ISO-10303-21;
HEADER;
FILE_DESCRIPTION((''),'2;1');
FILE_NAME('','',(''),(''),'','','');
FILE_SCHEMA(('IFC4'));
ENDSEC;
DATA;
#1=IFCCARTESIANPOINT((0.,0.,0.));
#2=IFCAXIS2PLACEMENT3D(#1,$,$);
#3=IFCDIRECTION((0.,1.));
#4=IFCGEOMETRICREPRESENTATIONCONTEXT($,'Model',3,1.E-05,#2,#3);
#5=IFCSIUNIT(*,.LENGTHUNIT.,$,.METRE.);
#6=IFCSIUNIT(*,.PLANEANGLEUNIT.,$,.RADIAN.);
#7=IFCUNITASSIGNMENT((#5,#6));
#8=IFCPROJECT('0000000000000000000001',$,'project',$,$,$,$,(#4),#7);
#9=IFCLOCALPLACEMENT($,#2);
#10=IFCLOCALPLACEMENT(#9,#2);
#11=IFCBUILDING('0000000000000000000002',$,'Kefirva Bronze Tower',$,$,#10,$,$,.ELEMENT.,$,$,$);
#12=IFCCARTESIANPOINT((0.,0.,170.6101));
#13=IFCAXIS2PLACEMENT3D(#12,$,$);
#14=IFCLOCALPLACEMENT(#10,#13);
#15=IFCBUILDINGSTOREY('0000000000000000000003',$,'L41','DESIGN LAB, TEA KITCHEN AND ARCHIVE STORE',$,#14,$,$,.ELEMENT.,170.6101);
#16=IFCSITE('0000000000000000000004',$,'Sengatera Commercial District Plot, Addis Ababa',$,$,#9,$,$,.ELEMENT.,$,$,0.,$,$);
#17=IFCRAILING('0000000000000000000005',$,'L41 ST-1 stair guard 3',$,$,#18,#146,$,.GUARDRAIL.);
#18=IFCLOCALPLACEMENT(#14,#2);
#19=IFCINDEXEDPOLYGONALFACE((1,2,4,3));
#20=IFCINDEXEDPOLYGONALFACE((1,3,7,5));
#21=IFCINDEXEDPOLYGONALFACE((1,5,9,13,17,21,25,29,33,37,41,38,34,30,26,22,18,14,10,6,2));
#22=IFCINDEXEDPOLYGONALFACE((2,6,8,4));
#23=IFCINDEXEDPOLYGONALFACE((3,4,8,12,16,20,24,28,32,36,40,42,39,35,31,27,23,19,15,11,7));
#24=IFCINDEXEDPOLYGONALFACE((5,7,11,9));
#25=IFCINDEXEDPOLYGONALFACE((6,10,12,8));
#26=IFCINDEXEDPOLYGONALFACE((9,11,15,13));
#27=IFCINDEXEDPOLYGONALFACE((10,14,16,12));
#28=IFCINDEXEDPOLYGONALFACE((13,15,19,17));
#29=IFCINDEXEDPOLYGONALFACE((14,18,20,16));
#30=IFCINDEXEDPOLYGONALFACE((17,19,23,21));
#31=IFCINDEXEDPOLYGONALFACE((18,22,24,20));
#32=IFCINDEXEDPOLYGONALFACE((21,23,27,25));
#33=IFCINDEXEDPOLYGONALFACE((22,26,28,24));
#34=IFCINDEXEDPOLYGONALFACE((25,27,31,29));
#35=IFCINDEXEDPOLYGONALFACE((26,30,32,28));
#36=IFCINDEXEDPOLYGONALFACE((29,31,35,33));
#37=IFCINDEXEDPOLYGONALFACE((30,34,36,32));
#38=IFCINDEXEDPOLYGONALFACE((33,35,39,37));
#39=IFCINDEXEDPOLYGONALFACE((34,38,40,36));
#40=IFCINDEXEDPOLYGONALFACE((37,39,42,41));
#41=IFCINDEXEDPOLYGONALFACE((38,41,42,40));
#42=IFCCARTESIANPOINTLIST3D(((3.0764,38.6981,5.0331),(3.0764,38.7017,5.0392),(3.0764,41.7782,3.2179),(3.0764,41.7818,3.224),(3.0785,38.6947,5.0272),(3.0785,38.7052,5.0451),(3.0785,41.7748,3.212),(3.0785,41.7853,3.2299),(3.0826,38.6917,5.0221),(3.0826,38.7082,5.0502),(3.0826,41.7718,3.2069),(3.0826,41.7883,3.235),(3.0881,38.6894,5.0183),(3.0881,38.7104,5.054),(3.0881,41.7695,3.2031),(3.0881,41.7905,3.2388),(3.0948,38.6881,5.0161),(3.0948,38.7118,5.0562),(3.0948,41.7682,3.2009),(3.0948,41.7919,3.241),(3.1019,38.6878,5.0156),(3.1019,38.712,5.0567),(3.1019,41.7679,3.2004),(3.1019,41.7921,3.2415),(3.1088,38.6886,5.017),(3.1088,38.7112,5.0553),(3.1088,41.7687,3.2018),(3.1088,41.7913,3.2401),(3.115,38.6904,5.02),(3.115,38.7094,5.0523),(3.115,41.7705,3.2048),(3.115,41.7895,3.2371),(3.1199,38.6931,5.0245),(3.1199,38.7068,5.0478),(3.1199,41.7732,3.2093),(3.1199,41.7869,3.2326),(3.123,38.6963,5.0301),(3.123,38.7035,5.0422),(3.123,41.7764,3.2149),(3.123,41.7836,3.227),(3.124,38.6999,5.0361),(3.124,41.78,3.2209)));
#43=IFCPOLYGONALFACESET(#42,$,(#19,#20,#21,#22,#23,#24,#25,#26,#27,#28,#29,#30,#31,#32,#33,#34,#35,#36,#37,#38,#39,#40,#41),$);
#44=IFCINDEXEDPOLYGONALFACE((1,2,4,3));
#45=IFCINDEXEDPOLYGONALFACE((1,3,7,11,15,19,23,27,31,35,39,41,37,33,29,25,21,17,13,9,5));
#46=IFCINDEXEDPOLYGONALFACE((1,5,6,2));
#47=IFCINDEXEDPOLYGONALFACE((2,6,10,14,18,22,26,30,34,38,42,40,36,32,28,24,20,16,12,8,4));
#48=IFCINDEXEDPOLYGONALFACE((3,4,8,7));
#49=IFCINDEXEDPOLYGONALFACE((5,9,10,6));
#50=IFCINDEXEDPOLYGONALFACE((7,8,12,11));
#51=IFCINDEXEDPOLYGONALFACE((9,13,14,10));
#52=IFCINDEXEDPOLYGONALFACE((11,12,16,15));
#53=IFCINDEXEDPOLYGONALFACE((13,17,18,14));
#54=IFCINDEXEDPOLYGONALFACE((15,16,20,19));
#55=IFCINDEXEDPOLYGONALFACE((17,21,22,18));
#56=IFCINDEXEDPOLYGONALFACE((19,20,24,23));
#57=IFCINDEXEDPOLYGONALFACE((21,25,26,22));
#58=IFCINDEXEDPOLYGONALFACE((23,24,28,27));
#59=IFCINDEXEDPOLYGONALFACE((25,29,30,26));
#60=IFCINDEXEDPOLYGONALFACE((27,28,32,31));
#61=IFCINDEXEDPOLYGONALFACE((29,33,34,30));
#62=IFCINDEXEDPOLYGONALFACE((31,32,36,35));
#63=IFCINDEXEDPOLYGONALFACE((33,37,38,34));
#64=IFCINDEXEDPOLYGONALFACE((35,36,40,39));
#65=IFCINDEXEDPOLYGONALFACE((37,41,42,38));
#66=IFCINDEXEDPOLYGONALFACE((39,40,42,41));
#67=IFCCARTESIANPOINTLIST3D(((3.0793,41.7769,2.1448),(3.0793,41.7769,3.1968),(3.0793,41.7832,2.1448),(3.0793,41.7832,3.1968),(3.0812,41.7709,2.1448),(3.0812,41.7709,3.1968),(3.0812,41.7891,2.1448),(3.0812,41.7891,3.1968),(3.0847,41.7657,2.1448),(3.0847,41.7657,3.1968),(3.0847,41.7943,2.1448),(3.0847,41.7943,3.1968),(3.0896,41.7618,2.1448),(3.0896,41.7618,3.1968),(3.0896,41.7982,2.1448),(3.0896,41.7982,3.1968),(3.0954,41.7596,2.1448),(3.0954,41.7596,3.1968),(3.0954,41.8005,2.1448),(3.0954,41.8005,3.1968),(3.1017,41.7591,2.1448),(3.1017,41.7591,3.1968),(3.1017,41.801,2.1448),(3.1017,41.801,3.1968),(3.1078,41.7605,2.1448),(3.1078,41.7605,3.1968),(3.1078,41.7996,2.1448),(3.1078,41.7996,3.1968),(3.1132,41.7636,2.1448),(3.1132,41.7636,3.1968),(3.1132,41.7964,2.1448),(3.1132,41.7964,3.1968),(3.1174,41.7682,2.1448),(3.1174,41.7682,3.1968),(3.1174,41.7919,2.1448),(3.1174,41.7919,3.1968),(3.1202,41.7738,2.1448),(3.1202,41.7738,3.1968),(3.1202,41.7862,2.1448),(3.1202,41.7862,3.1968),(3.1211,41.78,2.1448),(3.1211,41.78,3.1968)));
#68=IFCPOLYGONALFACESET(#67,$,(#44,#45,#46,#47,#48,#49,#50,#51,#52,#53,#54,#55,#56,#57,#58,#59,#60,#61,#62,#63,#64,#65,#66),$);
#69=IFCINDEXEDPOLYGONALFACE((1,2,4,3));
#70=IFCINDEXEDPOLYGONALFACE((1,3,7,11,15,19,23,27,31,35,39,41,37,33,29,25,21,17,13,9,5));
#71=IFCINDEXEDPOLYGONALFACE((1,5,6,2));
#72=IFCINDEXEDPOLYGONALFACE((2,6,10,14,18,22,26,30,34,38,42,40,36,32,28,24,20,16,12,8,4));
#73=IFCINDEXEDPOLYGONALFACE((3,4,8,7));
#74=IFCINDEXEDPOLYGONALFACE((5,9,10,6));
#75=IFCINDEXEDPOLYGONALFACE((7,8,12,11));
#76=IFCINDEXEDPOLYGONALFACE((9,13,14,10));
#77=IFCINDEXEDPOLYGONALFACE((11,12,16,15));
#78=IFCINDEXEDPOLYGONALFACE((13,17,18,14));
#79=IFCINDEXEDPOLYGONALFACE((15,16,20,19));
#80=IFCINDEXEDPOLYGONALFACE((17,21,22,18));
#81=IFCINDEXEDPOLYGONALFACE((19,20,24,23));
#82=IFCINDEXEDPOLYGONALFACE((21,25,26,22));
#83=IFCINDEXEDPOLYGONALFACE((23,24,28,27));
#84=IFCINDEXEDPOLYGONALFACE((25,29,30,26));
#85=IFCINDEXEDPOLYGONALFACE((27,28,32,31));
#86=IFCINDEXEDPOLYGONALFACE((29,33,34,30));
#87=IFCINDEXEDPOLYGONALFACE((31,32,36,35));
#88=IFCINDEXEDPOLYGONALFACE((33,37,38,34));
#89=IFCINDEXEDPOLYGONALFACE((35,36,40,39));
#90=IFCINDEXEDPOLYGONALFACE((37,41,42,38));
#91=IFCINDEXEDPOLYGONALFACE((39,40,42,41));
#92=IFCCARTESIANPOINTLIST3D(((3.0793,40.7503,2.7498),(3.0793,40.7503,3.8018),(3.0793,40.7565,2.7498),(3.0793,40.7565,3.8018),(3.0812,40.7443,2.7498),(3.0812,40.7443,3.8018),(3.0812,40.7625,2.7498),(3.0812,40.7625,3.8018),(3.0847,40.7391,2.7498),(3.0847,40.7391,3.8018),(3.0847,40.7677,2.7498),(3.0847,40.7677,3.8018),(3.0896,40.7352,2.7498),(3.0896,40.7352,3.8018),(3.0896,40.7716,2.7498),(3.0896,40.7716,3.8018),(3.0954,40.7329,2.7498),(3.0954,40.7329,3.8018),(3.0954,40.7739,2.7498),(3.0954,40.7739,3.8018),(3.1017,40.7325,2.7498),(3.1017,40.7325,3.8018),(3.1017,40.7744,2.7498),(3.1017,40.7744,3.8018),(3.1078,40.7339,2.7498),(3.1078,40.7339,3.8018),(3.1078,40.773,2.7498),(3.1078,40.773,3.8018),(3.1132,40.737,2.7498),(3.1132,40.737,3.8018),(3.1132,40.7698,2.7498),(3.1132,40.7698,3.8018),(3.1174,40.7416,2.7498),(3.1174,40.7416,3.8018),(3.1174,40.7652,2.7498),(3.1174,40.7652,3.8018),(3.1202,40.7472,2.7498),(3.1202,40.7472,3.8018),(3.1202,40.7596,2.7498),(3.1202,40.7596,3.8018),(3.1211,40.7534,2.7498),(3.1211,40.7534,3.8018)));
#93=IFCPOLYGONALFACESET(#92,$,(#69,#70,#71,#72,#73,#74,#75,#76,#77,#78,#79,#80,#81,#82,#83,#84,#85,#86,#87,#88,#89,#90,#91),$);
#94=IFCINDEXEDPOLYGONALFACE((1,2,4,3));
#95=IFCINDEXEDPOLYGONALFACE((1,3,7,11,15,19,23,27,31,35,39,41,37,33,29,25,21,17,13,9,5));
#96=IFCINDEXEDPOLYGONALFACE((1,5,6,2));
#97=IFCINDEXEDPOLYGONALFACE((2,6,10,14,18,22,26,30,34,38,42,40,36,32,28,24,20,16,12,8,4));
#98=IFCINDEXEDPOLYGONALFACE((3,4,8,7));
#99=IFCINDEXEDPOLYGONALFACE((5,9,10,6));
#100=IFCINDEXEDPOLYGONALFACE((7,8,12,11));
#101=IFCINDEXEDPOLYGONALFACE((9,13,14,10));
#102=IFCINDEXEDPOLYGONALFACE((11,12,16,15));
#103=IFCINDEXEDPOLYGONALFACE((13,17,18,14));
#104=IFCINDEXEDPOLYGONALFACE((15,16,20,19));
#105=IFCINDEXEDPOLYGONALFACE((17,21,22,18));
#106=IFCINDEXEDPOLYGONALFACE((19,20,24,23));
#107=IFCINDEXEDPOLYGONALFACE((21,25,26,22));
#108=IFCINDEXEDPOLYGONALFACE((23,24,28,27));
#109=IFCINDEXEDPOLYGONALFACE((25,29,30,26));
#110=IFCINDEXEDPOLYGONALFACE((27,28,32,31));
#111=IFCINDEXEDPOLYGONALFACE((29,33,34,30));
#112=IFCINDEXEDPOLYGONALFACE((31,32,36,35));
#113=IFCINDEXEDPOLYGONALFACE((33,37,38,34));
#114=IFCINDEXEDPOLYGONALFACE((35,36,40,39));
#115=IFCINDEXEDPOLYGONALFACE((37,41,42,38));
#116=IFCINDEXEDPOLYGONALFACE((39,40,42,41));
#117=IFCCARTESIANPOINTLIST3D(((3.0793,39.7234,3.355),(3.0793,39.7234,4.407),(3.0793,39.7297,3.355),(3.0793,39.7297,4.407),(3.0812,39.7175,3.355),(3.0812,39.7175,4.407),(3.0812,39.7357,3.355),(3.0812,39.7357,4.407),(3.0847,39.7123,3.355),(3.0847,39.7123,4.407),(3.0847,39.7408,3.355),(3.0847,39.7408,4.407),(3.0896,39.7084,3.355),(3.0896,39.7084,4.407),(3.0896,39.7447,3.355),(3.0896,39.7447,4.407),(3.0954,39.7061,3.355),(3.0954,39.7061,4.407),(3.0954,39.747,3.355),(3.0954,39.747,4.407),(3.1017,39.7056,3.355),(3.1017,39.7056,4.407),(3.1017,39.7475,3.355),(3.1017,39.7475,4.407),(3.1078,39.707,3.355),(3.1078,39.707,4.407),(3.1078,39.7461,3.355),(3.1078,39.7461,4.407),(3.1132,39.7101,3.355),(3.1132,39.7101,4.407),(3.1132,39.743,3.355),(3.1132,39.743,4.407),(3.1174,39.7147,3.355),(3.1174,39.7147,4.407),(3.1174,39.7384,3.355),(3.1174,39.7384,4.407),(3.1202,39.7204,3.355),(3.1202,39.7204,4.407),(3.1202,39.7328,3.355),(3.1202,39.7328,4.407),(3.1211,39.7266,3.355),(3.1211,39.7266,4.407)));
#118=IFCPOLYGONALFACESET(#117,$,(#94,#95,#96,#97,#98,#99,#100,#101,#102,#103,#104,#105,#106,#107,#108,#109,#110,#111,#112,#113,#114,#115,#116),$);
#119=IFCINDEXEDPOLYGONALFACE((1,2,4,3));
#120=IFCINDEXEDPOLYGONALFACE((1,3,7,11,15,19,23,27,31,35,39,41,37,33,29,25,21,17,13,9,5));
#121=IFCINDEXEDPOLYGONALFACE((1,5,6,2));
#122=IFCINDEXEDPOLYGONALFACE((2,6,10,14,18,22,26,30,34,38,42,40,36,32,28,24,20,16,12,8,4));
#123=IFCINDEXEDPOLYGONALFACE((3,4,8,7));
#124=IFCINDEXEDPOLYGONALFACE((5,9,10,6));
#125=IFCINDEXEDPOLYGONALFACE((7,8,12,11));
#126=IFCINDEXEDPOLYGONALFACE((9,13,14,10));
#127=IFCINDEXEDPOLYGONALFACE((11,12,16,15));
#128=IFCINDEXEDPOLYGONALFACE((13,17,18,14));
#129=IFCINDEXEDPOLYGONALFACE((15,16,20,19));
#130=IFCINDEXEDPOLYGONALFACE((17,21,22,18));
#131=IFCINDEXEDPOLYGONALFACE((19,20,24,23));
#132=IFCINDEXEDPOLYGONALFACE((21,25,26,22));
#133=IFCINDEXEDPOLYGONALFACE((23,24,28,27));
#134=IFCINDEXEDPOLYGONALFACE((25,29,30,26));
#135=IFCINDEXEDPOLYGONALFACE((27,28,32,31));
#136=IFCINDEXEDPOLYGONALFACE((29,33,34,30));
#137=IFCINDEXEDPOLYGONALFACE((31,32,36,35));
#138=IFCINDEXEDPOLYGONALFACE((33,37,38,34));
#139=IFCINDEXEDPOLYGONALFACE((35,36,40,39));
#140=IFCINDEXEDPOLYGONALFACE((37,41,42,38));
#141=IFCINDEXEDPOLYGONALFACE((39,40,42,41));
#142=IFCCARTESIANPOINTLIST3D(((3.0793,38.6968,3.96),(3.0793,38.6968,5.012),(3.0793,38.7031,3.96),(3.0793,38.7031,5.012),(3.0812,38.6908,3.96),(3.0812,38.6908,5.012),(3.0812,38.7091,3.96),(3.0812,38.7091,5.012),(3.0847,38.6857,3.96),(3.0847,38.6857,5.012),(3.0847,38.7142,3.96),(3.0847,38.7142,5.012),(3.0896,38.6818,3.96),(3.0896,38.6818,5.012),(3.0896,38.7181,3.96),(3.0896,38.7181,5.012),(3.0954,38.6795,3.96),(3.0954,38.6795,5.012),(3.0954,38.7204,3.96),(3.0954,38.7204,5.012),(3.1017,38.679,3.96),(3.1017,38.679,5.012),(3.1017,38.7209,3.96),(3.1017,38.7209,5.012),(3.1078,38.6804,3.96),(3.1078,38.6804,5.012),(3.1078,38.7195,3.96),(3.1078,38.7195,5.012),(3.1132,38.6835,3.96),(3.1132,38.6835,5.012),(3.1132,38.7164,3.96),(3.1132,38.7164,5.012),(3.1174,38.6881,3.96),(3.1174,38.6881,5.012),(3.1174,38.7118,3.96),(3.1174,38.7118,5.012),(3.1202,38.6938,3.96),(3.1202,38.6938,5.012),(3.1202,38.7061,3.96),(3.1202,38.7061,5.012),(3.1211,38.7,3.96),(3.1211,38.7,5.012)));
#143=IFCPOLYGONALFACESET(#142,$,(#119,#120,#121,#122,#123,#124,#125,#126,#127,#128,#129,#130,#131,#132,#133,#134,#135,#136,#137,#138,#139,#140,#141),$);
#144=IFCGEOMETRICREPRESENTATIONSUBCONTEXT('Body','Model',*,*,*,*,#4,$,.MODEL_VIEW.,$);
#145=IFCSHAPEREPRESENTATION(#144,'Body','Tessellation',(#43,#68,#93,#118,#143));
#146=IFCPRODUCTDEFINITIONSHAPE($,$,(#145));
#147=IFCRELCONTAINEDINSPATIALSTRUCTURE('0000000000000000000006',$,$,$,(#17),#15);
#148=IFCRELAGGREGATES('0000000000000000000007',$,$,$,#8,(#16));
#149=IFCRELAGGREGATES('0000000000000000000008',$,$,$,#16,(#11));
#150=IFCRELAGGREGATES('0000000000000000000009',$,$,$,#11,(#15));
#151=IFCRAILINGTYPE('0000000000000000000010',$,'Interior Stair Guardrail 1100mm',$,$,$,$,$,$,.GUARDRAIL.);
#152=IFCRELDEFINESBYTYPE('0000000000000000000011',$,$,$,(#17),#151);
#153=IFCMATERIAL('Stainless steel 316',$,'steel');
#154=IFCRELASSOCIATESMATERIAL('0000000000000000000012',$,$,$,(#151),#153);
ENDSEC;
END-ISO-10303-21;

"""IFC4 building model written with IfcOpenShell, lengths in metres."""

from ifc_helpers import new_model, si_unit, direction, frame, origin, origin_2d, place, context, subcontext, project, spatial, circle, extrude, material, type_object, element, save


model = new_model("IFC4")

# Units and contexts
model_context = context("Model", 3, precision=1e-05, world=origin(), true_north=direction((0.0, 1.0)))
body_context = subcontext(model_context, "Body", "Model", "MODEL_VIEW")
ifc_project = project(units=[si_unit("LENGTHUNIT", "METRE"), si_unit("PLANEANGLEUNIT", "RADIAN")], contexts=[model_context])

# Site, building, storey
site_placement = place(None, origin())
site = spatial("IfcSite", under=ifc_project, at=site_placement, Name="Sengatera Commercial District Plot, Addis Ababa", CompositionType="ELEMENT", RefElevation=0.0)
building_placement = place(site_placement, origin())
building = spatial("IfcBuilding", under=site, at=building_placement, Name="Kefirva Bronze Tower", CompositionType="ELEMENT")
storey_placement = place(building_placement, frame((0.0, 0.0, 170.6101)))
storey = spatial("IfcBuildingStorey", under=building, at=storey_placement, Name="L41", Description="DESIGN LAB, TEA KITCHEN AND ARCHIVE STORE", CompositionType="ELEMENT", Elevation=170.6101)

# Railing
ifc_material_1 = material(Name="Stainless steel 316", Category="steel")
railing_type_1 = type_object("IfcRailingType", Name="Interior Stair Guardrail 1100mm", PredefinedType="GUARDRAIL", material=ifc_material_1)
railing_1_placement = place(storey_placement, frame((3.1001, 41.78, 2.1448)))
element("IfcRailing", 1, at=railing_1_placement, inside=storey, type_object=railing_type_1, Name="L41 ST-1 stair guard 3", PredefinedType="GUARDRAIL", context=body_context, shape_type="SweptSolid", body=[
    extrude(circle(Radius=0.0239, at=origin_2d()), frame((0.0, 0.0, 1.0762), z_axis=(0.0, -0.861521, 0.507721), x_axis=(1.0, 0.0, 0.0)), (0.0, 0.0, 1.0), 3.5752),
    extrude(circle(Radius=0.021, at=origin_2d()), origin(), (0.0, 0.0, 1.0), 1.052),
    extrude(circle(Radius=0.021, at=origin_2d()), frame((0.0, -1.0266, 0.605)), (0.0, 0.0, 1.0), 1.052),
    extrude(circle(Radius=0.021, at=origin_2d()), frame((0.0, -2.0535, 1.2102)), (0.0, 0.0, 1.0), 1.052),
    extrude(circle(Radius=0.021, at=origin_2d()), frame((0.0, -3.0801, 1.8152)), (0.0, 0.0, 1.0), 1.052),
])

save(model, "model.ifc")
